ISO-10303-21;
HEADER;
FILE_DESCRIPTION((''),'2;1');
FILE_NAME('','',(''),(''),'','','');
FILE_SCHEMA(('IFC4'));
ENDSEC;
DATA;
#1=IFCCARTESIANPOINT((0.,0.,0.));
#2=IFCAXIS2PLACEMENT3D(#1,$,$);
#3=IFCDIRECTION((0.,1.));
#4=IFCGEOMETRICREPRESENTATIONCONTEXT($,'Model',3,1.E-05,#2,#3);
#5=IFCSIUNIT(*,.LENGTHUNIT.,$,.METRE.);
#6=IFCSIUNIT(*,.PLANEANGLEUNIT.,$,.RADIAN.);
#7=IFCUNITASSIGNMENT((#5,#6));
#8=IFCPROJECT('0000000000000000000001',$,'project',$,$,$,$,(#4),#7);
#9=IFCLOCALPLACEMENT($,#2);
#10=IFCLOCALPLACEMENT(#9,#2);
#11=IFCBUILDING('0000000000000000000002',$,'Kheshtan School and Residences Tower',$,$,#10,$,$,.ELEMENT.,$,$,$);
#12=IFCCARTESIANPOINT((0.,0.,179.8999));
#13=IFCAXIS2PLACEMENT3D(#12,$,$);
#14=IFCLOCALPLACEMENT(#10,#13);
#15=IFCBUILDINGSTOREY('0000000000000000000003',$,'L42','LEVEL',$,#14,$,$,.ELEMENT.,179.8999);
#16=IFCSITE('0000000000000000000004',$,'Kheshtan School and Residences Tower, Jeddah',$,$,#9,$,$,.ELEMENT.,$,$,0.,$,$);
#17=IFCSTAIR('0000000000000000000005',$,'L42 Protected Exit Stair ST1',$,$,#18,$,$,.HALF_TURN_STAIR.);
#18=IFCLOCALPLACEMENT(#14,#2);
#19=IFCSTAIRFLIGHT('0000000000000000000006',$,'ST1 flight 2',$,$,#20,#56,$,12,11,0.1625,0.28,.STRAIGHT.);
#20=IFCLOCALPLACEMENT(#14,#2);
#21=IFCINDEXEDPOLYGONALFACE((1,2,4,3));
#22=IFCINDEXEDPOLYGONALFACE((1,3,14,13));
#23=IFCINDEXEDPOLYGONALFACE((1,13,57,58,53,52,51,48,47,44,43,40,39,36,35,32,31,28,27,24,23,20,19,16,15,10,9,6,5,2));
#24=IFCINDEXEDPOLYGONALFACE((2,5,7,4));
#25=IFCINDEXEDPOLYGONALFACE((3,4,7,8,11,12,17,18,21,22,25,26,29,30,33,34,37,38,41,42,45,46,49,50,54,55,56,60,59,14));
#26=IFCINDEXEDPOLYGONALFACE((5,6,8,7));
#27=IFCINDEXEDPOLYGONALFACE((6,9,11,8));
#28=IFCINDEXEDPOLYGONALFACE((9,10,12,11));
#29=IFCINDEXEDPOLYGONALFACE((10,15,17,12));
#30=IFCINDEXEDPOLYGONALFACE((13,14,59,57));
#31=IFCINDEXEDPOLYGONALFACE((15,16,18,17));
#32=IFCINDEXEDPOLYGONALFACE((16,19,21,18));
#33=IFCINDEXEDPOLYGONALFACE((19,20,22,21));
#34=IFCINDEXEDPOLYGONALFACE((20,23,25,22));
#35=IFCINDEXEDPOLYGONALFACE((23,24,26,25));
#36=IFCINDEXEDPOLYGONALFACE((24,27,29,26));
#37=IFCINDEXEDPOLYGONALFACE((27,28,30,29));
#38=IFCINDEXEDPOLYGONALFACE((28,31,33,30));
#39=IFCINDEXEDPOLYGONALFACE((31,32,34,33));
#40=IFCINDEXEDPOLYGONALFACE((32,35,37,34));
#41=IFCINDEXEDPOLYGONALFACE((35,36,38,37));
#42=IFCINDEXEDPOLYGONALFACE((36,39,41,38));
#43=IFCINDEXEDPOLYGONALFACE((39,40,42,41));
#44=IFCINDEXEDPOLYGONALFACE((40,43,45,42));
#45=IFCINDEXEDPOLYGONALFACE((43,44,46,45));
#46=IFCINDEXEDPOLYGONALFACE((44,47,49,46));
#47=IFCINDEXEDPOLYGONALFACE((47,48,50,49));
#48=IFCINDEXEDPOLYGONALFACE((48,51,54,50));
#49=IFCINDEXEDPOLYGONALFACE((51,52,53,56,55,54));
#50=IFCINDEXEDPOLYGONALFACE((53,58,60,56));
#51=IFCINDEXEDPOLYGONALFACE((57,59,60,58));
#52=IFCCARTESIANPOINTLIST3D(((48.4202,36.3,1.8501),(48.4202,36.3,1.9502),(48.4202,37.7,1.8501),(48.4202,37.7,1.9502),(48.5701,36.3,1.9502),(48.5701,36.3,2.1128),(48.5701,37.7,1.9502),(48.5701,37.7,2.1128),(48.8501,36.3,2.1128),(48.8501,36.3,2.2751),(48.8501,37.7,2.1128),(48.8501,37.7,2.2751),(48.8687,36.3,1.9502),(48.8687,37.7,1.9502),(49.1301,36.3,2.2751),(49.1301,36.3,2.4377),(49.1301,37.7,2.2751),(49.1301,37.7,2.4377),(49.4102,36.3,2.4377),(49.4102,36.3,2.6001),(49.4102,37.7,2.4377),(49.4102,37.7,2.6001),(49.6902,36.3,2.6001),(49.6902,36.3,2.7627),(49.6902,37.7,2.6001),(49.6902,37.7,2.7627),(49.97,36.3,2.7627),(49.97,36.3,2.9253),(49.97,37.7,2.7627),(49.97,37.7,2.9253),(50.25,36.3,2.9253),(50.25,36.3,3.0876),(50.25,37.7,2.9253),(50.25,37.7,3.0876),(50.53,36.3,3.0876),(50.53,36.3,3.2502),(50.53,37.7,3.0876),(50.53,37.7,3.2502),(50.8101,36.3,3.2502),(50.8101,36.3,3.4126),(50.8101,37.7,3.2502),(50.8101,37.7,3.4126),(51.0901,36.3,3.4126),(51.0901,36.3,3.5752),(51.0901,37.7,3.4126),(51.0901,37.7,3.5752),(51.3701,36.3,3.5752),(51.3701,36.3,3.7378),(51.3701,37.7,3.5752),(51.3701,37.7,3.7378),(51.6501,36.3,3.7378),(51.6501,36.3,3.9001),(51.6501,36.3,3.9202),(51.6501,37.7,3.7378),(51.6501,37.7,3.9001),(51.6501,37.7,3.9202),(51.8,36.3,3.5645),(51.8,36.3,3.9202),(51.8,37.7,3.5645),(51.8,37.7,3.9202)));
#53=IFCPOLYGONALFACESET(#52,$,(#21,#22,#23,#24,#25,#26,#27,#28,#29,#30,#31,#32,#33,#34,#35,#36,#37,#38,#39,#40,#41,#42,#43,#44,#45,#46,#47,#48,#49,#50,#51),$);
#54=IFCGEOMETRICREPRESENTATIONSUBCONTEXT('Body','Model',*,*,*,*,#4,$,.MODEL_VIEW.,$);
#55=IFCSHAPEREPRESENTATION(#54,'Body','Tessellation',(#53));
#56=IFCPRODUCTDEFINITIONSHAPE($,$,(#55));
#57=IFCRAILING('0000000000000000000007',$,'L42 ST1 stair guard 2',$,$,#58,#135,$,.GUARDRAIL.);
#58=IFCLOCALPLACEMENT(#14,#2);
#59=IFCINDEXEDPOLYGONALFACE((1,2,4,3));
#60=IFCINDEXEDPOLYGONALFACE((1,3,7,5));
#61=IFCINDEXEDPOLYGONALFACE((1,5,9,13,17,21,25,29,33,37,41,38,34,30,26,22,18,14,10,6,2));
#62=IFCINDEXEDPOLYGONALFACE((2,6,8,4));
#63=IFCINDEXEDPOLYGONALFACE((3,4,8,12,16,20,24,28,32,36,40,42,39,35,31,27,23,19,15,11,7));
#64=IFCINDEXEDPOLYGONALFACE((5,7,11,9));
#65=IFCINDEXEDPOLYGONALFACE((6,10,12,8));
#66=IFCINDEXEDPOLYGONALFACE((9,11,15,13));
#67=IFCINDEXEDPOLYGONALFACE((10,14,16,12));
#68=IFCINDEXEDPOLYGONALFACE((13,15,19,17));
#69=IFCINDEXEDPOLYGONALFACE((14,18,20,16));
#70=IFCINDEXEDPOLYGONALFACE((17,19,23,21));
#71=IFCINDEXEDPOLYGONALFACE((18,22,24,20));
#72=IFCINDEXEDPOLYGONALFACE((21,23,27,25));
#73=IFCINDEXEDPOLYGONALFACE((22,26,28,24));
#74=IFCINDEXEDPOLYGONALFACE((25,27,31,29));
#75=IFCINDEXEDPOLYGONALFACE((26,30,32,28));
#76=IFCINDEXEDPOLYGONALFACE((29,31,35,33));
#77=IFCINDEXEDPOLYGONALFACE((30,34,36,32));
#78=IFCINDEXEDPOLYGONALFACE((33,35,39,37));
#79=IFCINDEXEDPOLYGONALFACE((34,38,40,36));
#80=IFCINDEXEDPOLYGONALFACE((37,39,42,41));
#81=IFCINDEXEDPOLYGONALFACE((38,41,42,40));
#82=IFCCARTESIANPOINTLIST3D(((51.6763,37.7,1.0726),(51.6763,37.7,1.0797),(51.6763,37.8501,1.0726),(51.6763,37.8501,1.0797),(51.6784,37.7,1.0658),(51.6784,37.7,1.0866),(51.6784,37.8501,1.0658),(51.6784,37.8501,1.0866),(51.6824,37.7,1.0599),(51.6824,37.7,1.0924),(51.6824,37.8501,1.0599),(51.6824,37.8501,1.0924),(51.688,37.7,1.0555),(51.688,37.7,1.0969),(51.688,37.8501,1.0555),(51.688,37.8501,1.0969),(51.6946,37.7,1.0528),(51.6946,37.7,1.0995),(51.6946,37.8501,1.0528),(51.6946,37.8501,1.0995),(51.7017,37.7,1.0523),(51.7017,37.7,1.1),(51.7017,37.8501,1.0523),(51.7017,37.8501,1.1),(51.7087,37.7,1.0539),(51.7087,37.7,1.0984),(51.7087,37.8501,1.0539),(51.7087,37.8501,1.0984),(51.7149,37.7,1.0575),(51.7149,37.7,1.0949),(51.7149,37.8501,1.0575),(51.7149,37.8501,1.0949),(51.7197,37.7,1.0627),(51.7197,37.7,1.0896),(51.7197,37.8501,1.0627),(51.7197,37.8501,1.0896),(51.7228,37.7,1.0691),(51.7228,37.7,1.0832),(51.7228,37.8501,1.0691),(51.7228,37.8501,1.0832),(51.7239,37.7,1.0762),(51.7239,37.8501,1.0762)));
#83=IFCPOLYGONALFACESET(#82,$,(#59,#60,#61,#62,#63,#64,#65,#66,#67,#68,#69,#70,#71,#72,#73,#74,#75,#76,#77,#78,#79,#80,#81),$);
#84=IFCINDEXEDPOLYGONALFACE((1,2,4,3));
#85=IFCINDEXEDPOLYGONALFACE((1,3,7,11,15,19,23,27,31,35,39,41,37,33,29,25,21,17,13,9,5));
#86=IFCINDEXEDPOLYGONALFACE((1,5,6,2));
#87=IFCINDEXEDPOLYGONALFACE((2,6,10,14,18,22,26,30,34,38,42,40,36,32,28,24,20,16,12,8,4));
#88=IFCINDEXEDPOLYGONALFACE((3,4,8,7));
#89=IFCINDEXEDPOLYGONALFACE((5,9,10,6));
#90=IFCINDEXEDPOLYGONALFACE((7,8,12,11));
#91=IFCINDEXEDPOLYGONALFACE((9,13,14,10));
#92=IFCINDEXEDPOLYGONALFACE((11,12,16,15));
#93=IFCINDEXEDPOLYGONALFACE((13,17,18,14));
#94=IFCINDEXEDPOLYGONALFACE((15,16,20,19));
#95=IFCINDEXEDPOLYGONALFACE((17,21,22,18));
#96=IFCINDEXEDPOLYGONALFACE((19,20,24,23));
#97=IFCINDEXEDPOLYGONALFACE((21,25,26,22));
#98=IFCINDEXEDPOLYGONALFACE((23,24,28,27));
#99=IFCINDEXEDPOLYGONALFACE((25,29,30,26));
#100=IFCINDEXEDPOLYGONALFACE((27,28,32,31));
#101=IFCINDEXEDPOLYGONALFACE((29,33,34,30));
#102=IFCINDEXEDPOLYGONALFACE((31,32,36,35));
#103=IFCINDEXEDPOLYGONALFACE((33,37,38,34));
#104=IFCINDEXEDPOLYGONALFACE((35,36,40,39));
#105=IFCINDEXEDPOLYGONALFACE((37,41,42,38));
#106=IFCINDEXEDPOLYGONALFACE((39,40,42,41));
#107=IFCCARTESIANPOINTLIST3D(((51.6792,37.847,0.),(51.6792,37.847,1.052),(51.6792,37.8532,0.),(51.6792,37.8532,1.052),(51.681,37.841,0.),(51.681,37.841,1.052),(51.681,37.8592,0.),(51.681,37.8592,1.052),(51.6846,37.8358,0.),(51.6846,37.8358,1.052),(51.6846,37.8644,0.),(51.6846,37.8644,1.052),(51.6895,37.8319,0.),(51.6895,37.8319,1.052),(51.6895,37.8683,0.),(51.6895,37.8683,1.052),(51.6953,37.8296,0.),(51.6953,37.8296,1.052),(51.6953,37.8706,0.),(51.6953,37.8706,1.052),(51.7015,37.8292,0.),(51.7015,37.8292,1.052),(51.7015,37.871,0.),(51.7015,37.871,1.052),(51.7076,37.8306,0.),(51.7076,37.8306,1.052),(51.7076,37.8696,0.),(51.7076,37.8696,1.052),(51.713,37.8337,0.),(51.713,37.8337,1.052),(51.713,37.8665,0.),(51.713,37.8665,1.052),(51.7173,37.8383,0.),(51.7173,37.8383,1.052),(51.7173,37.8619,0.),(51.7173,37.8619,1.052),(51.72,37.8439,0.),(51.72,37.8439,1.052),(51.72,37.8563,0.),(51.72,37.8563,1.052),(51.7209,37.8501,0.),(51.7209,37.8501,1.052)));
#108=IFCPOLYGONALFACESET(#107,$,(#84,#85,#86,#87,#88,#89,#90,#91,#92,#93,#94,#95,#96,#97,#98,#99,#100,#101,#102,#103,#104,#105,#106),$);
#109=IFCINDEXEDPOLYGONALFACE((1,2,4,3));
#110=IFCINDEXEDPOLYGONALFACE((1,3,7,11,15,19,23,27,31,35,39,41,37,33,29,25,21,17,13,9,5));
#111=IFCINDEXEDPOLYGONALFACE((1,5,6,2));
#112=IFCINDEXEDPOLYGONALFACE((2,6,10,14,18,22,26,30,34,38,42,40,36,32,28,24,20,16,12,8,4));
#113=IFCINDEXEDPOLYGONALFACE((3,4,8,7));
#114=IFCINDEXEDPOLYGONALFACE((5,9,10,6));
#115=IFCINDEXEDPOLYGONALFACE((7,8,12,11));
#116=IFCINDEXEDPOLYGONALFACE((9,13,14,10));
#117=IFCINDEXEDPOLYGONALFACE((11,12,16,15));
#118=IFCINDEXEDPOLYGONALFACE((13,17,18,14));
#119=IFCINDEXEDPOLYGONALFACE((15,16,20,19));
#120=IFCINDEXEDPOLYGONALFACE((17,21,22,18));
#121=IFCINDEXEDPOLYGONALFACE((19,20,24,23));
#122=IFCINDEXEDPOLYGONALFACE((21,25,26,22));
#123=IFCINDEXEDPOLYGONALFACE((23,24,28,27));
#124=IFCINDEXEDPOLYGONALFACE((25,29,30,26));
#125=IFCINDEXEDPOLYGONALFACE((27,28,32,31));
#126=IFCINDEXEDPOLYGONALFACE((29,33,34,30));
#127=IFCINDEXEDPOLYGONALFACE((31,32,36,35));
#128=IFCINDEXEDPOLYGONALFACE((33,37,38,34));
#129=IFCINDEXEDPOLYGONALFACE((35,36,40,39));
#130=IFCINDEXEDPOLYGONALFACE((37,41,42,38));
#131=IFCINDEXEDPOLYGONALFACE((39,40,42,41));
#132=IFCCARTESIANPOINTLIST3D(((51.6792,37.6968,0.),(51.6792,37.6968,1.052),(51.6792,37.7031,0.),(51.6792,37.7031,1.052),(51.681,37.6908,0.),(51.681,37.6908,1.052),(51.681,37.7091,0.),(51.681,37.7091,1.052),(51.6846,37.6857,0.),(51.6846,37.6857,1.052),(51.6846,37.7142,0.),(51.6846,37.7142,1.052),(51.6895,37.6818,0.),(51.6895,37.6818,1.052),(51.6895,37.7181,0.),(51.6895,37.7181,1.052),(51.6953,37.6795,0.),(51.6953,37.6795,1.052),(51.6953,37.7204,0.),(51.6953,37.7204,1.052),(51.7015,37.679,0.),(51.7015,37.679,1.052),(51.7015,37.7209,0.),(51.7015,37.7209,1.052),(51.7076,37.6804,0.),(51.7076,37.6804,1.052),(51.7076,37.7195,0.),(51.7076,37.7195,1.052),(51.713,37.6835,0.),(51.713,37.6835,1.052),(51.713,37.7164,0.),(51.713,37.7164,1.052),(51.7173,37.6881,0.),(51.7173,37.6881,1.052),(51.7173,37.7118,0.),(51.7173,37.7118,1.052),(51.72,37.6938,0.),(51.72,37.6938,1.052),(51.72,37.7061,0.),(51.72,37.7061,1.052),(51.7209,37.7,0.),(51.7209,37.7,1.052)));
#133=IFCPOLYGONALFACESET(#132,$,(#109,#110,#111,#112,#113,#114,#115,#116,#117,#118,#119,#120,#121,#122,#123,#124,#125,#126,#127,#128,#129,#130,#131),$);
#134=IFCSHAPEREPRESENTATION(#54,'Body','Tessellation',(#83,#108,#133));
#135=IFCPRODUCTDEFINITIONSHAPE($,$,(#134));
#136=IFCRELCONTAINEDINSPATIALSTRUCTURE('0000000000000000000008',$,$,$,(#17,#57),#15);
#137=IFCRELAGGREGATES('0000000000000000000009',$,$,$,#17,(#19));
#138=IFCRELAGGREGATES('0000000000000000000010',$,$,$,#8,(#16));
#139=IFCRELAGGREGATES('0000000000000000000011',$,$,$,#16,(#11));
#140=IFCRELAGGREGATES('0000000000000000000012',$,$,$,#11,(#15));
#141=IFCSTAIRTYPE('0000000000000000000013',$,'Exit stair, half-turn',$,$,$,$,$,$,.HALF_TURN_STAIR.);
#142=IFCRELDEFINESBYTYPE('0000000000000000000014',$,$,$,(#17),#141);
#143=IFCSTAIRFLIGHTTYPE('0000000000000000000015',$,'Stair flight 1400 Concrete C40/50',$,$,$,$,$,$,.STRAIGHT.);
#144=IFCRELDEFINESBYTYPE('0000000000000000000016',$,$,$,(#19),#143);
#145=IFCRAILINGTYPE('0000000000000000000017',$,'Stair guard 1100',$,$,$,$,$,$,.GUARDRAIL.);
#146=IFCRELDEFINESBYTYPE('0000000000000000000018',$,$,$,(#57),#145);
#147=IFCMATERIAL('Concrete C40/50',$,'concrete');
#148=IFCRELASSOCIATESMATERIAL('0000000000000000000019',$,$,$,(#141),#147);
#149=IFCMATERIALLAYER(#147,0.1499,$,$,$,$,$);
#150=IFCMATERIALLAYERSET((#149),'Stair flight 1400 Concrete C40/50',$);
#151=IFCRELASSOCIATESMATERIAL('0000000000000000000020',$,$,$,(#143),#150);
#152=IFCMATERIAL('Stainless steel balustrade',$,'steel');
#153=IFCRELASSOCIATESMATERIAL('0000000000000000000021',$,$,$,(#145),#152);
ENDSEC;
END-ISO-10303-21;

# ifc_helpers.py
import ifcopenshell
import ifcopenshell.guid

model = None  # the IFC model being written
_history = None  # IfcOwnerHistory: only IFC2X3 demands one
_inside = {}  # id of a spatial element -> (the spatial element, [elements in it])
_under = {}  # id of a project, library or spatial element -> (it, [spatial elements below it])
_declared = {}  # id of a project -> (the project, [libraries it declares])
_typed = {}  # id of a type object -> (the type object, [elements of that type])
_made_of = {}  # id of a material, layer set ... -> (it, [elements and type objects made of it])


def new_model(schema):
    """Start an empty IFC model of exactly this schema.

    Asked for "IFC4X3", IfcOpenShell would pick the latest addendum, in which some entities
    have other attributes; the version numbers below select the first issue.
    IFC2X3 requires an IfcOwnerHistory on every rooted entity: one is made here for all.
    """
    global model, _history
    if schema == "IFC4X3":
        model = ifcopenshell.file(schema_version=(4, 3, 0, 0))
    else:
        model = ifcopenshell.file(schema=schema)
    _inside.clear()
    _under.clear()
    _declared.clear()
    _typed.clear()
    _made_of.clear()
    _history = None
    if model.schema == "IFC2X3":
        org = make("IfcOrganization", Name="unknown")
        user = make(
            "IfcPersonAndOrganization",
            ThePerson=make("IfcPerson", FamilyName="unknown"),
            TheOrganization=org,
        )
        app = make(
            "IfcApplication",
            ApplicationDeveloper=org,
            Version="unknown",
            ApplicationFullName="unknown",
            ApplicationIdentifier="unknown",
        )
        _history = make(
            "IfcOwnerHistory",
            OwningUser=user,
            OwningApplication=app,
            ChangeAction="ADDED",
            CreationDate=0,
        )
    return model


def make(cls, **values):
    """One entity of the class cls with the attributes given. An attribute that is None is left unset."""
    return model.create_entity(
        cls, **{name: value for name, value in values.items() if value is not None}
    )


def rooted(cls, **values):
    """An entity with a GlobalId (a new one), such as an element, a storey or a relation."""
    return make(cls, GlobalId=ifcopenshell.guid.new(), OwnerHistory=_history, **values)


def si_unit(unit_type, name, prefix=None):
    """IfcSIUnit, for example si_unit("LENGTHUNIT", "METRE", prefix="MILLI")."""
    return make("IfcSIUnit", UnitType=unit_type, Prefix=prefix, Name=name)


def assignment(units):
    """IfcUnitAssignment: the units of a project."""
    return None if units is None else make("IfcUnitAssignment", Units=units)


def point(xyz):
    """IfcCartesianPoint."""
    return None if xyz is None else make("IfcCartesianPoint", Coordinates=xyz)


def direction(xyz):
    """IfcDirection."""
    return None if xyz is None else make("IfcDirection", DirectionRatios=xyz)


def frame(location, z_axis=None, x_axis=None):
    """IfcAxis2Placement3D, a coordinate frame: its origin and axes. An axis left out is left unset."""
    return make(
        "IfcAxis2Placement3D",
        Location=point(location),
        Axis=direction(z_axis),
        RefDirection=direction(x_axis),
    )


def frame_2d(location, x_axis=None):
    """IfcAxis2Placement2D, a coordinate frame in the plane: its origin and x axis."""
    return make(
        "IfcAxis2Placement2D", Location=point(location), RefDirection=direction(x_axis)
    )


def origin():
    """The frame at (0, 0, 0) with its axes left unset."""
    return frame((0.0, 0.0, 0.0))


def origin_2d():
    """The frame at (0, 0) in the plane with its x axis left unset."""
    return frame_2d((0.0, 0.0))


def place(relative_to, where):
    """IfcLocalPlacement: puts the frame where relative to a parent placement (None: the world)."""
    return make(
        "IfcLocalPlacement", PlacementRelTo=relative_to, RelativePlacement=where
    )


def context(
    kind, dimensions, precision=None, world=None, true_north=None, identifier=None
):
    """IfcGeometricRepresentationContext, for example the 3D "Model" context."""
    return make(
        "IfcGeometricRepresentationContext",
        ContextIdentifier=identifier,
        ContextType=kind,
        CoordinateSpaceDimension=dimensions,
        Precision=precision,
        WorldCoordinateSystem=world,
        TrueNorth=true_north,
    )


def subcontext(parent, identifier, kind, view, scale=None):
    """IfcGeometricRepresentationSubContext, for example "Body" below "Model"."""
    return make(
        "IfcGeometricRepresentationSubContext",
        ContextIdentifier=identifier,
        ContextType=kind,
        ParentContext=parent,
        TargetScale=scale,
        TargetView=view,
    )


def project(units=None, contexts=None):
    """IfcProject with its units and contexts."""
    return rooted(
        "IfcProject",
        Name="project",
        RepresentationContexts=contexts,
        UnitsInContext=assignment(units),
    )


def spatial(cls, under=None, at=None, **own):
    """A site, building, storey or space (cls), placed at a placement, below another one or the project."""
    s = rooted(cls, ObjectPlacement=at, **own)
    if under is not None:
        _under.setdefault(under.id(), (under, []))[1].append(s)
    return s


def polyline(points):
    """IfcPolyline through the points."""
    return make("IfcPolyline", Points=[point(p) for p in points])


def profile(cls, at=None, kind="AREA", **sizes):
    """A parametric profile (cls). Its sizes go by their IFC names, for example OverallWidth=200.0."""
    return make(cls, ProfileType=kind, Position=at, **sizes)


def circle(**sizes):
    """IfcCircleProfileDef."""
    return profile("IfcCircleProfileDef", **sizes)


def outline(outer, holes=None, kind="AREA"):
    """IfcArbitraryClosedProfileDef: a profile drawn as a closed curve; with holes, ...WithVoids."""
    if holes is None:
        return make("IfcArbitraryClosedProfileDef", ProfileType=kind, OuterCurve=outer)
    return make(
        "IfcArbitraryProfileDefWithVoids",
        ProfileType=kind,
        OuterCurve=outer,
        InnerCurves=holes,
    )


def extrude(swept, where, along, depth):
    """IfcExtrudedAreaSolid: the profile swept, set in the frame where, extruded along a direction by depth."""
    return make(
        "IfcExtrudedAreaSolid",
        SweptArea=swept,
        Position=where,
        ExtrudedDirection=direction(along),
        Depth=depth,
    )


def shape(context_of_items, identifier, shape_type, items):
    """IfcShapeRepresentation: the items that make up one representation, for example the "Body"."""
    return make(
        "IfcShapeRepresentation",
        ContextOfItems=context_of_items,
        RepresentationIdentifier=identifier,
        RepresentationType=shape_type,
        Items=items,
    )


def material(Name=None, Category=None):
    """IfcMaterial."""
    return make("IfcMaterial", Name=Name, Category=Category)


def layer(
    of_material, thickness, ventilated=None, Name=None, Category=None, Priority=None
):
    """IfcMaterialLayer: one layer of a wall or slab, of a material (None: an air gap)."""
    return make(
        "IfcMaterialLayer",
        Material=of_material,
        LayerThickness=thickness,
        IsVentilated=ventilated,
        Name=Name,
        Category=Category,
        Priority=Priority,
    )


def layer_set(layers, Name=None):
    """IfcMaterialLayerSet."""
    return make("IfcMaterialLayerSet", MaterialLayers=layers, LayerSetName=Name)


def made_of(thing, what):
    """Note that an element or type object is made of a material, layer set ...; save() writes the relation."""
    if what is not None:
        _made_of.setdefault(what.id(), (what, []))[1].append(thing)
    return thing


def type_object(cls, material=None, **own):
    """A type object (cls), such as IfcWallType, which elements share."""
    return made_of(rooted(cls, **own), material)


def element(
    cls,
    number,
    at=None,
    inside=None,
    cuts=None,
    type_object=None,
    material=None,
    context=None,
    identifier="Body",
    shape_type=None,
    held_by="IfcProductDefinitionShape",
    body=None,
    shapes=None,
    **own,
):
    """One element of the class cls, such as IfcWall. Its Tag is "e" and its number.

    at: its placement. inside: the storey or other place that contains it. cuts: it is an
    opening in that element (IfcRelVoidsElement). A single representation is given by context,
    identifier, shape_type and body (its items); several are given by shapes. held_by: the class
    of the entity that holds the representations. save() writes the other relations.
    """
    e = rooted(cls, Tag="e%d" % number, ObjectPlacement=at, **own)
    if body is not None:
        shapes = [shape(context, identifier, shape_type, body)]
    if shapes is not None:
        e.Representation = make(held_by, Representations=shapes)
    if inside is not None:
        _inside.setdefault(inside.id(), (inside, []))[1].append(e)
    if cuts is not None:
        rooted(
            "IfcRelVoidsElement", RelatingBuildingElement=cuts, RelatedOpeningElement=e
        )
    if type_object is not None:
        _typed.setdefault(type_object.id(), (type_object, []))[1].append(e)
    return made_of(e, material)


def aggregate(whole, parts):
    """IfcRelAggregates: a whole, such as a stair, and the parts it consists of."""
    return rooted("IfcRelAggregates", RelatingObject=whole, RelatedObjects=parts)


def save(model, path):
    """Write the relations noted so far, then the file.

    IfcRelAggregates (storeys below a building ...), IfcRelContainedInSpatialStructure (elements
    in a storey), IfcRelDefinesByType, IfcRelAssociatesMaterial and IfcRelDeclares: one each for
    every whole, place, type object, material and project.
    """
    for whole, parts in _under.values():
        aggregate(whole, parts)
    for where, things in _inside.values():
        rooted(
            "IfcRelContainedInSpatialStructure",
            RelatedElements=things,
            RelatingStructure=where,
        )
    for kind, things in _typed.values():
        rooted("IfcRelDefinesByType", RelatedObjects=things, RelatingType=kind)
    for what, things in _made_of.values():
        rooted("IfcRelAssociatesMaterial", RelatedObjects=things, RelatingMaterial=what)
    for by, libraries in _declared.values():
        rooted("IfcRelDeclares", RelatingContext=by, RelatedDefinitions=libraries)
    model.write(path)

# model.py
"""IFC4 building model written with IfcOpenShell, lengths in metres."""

from ifc_helpers import new_model, si_unit, direction, frame, origin, origin_2d, place, context, subcontext, project, spatial, polyline, circle, outline, extrude, material, layer, layer_set, type_object, element, aggregate, save


model = new_model("IFC4")

# Units and contexts
model_context = context("Model", 3, precision=1e-05, world=origin(), true_north=direction((0.0, 1.0)))
body_context = subcontext(model_context, "Body", "Model", "MODEL_VIEW")
ifc_project = project(units=[si_unit("LENGTHUNIT", "METRE"), si_unit("PLANEANGLEUNIT", "RADIAN")], contexts=[model_context])

# Site, building, storey
site_placement = place(None, origin())
site = spatial("IfcSite", under=ifc_project, at=site_placement, Name="Kheshtan School and Residences Tower, Jeddah", CompositionType="ELEMENT", RefElevation=0.0)
building_placement = place(site_placement, origin())
building = spatial("IfcBuilding", under=site, at=building_placement, Name="Kheshtan School and Residences Tower", CompositionType="ELEMENT")
storey_placement = place(building_placement, frame((0.0, 0.0, 179.8999)))
storey = spatial("IfcBuildingStorey", under=building, at=storey_placement, Name="L42", Description="LEVEL", CompositionType="ELEMENT", Elevation=179.8999)

# Shared definitions
ifc_material_1 = material(Name="Concrete C40/50", Category="concrete")

# Stair, stair flight
stair_type = type_object("IfcStairType", Name="Exit stair, half-turn", PredefinedType="HALF_TURN_STAIR", material=ifc_material_1)
stair_placement = place(storey_placement, origin())
stair = element("IfcStair", 1, at=stair_placement, inside=storey, type_object=stair_type, Name="L42 Protected Exit Stair ST1", PredefinedType="HALF_TURN_STAIR")
ifc_layer_1 = layer(ifc_material_1, 0.1499)
ifc_layer_set_1 = layer_set([ifc_layer_1], Name="Stair flight 1400 Concrete C40/50")
stair_flight_type = type_object("IfcStairFlightType", Name="Stair flight 1400 Concrete C40/50", PredefinedType="STRAIGHT", material=ifc_layer_set_1)
stair_flight_1_placement = place(storey_placement, frame((48.5701, 37.0, 1.9502), z_axis=(0.0, 0.0, 1.0), x_axis=(1.0, 0.0, 0.0)))
stair_flight_1 = element("IfcStairFlight", 2, at=stair_flight_1_placement, type_object=stair_flight_type, Name="ST1 flight 2", NumberOfRisers=12, NumberOfTreads=11, PredefinedType="STRAIGHT", RiserHeight=0.1625, TreadLength=0.28, context=body_context, shape_type="SweptSolid", body=[
    extrude(outline(polyline([(-0.1499, -0.1001), (-0.1499, 0.0), (0.0, 0.0), (0.0, 0.1626), (0.28, 0.1626), (0.28, 0.325), (0.5601, 0.325), (0.5601, 0.4875), (0.8401, 0.4875), (0.8401, 0.6499), (1.1201, 0.6499), (1.1201, 0.8125), (1.3999, 0.8125), (1.3999, 0.9751), (1.6799, 0.9751), (1.6799, 1.1375), (1.96, 1.1375), (1.96, 1.3), (2.24, 1.3), (2.24, 1.4624), (2.52, 1.4624), (2.52, 1.625), (2.8, 1.625), (2.8, 1.7876), (3.0801, 1.7876), (3.0801, 1.95), (3.0801, 1.97), (3.23, 1.97), (3.23, 1.6143), (0.2986, 0.0), (-0.1499, -0.1001)])), frame((0.0, 0.7, 0.0), z_axis=(0.0, -1.0, 0.0), x_axis=(1.0, 0.0, 0.0)), (0.0, 0.0, 1.0), 1.3999),
])
aggregate(stair, [stair_flight_1])

# Railing
ifc_material_2 = material(Name="Stainless steel balustrade", Category="steel")
railing_type_1 = type_object("IfcRailingType", Name="Stair guard 1100", PredefinedType="GUARDRAIL", material=ifc_material_2)
railing_1_placement = place(storey_placement, frame((51.7, 37.8501, 0.0)))
element("IfcRailing", 3, at=railing_1_placement, inside=storey, type_object=railing_type_1, Name="L42 ST1 stair guard 2", PredefinedType="GUARDRAIL", context=body_context, shape_type="SweptSolid", body=[
    extrude(circle(Radius=0.0239, at=origin_2d()), frame((0.0, 0.0, 1.0762), z_axis=(0.0, -1.0, 0.0), x_axis=(1.0, 0.0, 0.0)), (0.0, 0.0, 1.0), 0.1501),
    extrude(circle(Radius=0.021, at=origin_2d()), origin(), (0.0, 0.0, 1.0), 1.052),
    extrude(circle(Radius=0.021, at=origin_2d()), frame((0.0, -0.1501, 0.0)), (0.0, 0.0, 1.0), 1.052),
])

save(model, "model.ifc")
